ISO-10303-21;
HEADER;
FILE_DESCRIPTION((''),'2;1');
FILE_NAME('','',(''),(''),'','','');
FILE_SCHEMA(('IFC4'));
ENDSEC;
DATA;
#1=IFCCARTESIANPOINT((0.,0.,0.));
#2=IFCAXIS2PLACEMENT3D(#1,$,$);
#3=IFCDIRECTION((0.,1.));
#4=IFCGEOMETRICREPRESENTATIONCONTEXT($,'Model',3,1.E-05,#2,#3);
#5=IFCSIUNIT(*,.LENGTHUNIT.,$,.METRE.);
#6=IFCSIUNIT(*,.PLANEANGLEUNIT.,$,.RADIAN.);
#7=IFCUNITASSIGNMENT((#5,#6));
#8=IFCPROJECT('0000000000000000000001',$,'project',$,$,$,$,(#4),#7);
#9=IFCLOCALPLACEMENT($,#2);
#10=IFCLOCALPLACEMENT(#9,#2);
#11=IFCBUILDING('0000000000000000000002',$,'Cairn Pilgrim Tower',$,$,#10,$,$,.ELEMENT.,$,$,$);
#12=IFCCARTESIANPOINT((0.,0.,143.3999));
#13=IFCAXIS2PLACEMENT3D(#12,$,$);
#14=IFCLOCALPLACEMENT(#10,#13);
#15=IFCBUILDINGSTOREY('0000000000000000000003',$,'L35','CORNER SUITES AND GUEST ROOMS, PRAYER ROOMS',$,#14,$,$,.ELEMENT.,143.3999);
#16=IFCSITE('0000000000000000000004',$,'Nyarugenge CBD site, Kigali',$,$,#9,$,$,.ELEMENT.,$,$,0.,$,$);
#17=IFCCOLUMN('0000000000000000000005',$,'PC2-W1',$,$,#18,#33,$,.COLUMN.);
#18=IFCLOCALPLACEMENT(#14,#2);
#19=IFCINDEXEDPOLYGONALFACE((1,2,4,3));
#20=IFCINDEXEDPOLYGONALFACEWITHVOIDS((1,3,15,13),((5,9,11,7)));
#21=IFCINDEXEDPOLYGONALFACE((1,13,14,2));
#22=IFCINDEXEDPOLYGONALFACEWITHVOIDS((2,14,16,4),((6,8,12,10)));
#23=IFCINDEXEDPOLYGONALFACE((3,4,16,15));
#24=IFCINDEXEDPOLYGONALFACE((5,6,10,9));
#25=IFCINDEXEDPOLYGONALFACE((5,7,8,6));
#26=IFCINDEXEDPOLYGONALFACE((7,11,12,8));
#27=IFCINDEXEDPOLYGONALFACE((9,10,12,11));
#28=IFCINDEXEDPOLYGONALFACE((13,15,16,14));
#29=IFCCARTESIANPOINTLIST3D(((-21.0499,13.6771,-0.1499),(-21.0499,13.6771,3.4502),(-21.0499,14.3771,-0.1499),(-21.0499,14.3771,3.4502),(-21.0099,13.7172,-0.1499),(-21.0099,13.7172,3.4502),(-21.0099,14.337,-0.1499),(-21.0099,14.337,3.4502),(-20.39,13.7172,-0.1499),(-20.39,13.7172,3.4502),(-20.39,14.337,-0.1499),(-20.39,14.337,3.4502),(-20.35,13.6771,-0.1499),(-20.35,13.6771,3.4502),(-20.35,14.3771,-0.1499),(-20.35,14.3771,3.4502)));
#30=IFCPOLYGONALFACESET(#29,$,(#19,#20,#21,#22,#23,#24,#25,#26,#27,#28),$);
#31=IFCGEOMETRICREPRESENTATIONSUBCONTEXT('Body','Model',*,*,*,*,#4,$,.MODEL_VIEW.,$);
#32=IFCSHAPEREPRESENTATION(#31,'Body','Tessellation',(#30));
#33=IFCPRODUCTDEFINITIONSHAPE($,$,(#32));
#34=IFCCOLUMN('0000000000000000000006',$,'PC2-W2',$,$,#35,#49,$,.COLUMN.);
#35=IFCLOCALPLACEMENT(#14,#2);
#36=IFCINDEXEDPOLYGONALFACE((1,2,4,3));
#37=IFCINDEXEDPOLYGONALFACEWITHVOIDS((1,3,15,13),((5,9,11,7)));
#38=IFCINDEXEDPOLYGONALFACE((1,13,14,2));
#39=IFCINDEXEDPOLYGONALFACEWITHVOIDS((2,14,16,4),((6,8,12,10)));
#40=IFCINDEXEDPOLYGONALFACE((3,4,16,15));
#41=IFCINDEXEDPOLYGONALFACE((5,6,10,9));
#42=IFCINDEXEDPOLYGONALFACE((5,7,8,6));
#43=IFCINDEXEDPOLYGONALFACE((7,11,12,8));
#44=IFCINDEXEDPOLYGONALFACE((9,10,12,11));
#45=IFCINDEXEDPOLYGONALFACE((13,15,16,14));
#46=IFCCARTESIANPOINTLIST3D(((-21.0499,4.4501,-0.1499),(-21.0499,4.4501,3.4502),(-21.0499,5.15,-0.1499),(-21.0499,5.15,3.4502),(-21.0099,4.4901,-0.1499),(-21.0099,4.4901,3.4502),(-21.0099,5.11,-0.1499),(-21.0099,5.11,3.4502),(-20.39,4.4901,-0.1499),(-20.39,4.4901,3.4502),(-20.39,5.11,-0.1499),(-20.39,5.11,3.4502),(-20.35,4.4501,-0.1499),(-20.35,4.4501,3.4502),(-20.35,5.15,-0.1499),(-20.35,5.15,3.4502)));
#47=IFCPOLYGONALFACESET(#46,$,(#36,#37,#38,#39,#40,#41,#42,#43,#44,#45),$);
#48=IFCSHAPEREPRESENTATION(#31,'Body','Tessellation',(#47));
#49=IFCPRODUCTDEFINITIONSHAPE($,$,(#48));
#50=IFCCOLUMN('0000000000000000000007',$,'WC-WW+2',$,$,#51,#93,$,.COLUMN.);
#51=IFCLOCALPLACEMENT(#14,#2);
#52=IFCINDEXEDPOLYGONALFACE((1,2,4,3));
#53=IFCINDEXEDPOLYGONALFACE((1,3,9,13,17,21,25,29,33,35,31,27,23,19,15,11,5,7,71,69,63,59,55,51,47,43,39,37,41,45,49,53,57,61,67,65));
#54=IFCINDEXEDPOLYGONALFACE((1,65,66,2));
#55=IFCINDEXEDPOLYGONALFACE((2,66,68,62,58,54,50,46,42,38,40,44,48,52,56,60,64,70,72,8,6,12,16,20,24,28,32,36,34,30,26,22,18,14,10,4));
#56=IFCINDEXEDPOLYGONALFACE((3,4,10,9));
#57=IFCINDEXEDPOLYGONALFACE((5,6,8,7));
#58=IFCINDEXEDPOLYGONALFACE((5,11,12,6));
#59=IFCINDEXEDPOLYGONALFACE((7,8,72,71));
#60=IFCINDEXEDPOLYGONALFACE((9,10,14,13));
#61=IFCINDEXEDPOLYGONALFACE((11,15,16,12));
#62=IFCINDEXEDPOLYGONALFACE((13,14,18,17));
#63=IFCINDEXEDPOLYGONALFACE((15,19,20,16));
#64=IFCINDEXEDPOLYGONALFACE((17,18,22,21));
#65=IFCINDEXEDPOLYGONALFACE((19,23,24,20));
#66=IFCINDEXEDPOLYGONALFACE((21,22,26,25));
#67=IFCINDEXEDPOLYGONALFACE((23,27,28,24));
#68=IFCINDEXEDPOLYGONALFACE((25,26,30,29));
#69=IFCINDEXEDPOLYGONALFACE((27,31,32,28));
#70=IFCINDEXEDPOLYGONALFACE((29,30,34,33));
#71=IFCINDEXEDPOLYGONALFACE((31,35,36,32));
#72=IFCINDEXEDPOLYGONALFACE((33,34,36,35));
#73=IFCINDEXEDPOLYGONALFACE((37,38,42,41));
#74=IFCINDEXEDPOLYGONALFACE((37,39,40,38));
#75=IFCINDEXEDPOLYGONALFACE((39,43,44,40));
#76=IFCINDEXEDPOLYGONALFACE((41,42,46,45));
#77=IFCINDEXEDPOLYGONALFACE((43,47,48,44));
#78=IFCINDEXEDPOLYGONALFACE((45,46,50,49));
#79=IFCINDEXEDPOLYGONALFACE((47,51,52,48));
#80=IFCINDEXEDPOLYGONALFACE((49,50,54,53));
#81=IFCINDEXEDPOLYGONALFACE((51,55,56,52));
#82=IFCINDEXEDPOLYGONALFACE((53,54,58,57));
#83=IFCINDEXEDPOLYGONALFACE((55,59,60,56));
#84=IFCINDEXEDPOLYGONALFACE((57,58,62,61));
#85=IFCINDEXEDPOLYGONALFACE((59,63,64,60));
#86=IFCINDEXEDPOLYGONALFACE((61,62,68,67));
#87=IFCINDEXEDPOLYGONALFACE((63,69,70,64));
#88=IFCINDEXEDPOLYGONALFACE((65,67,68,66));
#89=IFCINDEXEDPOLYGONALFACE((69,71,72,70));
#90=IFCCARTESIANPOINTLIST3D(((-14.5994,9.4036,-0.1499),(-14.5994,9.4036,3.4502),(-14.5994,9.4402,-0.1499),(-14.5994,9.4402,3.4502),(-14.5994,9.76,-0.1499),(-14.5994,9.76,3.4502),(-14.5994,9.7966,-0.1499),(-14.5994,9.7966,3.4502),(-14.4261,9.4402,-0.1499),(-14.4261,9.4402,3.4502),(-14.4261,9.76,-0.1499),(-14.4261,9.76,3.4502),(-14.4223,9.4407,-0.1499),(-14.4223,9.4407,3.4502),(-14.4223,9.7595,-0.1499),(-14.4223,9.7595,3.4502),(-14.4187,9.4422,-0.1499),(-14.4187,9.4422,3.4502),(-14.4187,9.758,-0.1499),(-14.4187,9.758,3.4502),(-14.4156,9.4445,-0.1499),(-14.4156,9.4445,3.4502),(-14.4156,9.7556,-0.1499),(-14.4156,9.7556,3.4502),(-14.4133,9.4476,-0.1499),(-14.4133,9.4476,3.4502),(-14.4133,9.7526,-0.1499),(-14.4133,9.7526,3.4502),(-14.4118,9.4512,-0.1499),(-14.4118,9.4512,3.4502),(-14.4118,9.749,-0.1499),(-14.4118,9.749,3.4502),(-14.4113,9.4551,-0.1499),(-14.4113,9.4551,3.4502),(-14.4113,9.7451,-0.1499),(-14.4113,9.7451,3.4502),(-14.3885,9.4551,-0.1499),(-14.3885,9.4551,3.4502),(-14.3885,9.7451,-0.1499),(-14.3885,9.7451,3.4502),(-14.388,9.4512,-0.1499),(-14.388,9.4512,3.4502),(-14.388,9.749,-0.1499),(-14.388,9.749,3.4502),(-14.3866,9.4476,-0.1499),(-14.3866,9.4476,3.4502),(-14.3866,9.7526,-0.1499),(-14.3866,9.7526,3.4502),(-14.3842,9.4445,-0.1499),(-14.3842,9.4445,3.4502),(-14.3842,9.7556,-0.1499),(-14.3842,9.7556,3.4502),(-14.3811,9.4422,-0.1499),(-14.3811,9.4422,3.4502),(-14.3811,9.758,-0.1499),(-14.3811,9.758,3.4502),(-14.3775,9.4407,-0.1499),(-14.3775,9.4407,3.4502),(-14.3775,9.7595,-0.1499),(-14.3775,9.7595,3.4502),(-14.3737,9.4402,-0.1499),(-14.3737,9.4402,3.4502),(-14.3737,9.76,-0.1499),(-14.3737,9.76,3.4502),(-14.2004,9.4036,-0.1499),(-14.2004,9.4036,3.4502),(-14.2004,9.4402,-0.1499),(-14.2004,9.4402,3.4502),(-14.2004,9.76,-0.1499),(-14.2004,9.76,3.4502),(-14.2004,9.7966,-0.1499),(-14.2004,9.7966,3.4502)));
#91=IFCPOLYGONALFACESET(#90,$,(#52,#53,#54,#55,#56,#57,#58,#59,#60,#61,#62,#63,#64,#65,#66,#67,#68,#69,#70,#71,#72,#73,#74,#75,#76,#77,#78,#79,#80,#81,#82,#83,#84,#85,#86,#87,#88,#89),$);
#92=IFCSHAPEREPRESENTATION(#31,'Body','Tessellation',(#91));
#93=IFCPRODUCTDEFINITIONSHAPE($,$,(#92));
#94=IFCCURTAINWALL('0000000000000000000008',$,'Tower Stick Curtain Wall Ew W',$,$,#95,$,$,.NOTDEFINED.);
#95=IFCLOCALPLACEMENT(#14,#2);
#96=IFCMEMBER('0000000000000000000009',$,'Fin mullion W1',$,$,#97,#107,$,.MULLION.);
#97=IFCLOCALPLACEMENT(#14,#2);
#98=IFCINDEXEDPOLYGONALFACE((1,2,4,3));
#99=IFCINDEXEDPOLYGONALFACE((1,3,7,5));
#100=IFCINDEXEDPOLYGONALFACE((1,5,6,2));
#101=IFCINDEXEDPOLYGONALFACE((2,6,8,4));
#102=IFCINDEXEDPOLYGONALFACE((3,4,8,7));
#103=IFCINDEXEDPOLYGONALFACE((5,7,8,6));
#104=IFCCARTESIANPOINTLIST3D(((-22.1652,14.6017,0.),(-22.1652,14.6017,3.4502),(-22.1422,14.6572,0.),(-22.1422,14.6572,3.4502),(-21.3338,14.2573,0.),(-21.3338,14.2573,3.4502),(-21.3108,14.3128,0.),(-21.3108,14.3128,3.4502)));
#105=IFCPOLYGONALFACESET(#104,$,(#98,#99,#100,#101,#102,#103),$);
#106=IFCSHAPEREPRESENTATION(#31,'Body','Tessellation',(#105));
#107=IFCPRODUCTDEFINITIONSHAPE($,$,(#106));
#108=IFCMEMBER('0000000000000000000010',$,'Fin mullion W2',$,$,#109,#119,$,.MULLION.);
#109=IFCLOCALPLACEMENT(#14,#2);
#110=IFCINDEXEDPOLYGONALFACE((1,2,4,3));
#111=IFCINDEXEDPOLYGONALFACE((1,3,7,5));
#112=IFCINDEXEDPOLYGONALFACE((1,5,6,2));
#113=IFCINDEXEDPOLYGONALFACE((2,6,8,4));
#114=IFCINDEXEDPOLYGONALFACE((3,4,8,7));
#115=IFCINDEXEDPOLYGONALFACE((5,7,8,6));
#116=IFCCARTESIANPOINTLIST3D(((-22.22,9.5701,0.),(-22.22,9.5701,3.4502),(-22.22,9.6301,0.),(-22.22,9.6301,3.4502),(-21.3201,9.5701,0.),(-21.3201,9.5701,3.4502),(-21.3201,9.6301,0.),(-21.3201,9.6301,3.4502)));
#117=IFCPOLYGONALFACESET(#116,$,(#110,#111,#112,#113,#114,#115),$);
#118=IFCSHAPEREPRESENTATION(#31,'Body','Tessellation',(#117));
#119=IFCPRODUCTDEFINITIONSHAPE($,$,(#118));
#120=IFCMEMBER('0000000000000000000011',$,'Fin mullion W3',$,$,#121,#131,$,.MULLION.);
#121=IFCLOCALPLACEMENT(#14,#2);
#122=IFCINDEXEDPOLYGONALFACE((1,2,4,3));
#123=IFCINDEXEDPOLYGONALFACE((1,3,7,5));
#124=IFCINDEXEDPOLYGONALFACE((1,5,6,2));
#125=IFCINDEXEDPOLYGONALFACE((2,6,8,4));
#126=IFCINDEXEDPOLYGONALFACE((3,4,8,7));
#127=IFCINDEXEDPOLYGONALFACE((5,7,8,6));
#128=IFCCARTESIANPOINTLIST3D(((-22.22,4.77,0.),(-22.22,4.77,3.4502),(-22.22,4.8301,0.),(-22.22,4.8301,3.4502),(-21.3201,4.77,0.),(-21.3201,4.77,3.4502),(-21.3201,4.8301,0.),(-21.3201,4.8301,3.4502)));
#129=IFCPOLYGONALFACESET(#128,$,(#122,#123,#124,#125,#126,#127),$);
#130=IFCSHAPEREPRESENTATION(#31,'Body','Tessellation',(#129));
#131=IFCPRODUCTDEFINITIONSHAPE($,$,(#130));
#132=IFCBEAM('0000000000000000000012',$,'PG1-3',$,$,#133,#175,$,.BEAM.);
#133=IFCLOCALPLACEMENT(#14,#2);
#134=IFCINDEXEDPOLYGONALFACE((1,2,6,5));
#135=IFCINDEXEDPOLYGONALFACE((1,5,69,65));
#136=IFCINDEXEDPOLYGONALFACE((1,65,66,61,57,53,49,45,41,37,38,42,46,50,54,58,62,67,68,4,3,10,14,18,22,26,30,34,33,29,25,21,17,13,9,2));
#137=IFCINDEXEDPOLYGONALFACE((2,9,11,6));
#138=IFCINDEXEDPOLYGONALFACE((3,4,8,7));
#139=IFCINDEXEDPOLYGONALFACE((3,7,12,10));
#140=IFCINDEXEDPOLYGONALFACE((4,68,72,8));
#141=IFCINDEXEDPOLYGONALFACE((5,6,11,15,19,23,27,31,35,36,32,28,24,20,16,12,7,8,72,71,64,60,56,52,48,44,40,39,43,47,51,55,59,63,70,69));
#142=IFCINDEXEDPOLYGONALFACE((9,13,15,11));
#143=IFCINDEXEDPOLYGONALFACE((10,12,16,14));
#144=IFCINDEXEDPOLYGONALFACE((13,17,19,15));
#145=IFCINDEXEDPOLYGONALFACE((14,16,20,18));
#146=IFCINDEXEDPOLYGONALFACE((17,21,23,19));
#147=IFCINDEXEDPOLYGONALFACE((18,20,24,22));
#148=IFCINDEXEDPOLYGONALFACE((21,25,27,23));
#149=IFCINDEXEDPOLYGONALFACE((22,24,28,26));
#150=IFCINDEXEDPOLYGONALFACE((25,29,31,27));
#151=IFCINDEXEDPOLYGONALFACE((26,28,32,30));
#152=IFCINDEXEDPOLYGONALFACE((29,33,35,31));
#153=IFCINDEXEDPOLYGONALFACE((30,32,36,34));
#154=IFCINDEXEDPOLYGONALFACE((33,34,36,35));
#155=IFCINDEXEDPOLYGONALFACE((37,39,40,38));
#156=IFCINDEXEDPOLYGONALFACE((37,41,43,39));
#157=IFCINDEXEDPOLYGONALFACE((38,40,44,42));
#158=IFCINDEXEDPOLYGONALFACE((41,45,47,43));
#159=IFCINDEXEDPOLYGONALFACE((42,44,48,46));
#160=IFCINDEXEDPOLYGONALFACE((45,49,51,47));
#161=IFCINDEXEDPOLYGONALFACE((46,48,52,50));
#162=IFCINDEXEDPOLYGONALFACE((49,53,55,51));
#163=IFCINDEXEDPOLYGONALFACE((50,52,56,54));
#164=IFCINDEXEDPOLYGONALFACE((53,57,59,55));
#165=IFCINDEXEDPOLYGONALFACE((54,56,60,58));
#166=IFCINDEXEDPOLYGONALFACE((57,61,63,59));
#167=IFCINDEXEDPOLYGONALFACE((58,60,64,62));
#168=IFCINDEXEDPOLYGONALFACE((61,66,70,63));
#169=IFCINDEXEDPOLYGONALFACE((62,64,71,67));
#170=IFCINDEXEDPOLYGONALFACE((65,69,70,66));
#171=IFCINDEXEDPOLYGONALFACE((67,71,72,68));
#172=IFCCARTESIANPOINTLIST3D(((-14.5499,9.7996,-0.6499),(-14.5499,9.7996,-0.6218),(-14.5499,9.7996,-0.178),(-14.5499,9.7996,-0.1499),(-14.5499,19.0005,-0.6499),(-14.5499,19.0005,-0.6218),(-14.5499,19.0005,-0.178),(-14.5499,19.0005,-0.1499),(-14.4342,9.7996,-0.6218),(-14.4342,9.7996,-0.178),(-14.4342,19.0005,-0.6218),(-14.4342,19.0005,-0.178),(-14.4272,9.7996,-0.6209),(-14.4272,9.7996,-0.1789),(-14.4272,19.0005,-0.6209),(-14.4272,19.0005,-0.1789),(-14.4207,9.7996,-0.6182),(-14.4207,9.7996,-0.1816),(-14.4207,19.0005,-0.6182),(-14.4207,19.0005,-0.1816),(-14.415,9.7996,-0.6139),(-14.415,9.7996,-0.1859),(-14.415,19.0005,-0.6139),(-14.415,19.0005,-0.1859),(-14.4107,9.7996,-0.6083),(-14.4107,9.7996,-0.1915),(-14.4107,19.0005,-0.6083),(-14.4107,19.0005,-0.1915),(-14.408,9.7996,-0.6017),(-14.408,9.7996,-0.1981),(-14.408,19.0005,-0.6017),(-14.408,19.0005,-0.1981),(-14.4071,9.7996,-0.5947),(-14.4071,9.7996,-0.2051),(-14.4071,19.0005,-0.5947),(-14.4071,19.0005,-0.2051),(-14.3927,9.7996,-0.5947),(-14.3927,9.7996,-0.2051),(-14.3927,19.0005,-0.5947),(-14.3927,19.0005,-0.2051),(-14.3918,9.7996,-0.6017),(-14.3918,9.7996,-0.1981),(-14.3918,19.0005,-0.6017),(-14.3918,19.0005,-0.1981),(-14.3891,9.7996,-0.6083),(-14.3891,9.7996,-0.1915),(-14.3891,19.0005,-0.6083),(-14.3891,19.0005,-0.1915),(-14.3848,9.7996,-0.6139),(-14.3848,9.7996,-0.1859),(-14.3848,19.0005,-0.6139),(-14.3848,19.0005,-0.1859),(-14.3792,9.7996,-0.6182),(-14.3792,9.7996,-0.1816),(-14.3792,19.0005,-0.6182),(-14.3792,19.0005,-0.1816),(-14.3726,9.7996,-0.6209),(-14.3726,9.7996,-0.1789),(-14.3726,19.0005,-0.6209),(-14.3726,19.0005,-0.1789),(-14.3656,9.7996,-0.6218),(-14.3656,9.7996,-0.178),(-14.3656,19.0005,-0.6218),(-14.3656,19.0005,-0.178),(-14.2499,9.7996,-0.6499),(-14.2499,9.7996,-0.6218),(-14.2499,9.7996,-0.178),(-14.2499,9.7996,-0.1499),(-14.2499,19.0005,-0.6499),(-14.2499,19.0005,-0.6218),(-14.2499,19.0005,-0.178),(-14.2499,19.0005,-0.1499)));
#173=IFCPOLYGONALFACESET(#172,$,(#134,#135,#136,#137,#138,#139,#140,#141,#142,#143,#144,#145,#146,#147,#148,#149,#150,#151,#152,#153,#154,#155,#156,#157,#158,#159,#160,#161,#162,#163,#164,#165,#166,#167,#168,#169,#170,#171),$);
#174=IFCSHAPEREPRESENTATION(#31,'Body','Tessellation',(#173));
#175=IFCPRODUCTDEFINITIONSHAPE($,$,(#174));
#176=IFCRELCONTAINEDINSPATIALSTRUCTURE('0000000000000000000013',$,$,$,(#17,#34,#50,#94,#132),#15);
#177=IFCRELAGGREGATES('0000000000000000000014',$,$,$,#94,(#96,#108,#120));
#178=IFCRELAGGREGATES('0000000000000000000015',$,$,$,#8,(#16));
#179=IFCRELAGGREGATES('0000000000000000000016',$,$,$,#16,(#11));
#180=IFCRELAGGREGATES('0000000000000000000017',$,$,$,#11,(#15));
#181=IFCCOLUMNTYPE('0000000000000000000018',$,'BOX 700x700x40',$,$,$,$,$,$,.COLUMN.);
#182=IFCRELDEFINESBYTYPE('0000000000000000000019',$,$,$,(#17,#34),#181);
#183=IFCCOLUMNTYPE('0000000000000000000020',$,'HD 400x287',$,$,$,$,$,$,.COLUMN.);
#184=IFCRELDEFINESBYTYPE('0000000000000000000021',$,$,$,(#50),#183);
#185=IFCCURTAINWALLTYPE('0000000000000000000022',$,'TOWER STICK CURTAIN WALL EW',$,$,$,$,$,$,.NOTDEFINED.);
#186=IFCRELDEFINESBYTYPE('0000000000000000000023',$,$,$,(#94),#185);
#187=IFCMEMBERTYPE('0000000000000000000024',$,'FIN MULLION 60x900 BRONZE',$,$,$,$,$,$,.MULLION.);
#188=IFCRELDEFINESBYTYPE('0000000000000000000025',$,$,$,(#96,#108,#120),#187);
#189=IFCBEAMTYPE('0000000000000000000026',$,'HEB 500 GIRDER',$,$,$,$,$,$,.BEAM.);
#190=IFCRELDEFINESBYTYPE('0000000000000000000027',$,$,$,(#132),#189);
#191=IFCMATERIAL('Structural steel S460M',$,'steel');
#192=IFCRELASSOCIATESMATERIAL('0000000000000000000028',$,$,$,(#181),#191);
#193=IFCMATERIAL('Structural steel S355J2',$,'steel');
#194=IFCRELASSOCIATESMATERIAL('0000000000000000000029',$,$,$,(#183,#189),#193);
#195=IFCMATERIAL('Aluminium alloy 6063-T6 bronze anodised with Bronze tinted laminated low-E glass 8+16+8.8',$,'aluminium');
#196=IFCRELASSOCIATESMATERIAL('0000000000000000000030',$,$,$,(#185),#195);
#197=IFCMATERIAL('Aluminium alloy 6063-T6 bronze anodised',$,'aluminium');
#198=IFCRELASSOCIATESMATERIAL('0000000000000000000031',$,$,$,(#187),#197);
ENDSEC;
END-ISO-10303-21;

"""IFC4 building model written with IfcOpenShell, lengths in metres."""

from ifc_helpers import new_model, si_unit, direction, frame, origin, origin_2d, place, context, subcontext, project, spatial, rectangle, hollow_rectangle, i_section, extrude, material, material_profile, profile_set, type_object, element, aggregate, save


model = new_model("IFC4")

# Units and contexts
model_context = context("Model", 3, precision=1e-05, world=origin(), true_north=direction((0.0, 1.0)))
body_context = subcontext(model_context, "Body", "Model", "MODEL_VIEW")
ifc_project = project(units=[si_unit("LENGTHUNIT", "METRE"), si_unit("PLANEANGLEUNIT", "RADIAN")], contexts=[model_context])

# Site, building, storey
site_placement = place(None, origin())
site = spatial("IfcSite", under=ifc_project, at=site_placement, Name="Nyarugenge CBD site, Kigali", CompositionType="ELEMENT", RefElevation=0.0)
building_placement = place(site_placement, origin())
building = spatial("IfcBuilding", under=site, at=building_placement, Name="Cairn Pilgrim Tower", CompositionType="ELEMENT")
storey_placement = place(building_placement, frame((0.0, 0.0, 143.3999)))
storey = spatial("IfcBuildingStorey", under=building, at=storey_placement, Name="L35", Description="CORNER SUITES AND GUEST ROOMS, PRAYER ROOMS", CompositionType="ELEMENT", Elevation=143.3999)

# Columns
ifc_material_1 = material(Name="Structural steel S460M", Category="steel")
ifc_material_profile_1 = material_profile(ifc_material_1, hollow_rectangle(XDim=0.7, YDim=0.7, WallThickness=0.04, at=origin_2d()), Name="BOX 700x700x40")
ifc_profile_set_1 = profile_set([ifc_material_profile_1], Name="Structural steel S460M")
column_type_1 = type_object("IfcColumnType", Name="BOX 700x700x40", PredefinedType="COLUMN", material=ifc_profile_set_1)
for number, where, z_axis, x_axis, name in (
    (1, (-20.7, 14.0271, -0.1499), (0.0, 0.0, 1.0), (1.0, 0.0, 0.0), "PC2-W1"),
    (2, (-20.7, 4.8, -0.1499), (0.0, 0.0, 1.0), (1.0, 0.0, 0.0), "PC2-W2"),
):
    element("IfcColumn", number, at=place(storey_placement, frame(where, z_axis=z_axis, x_axis=x_axis)), inside=storey, type_object=column_type_1, Name=name, PredefinedType="COLUMN", context=body_context, shape_type="SweptSolid", body=[
        extrude(hollow_rectangle(XDim=0.7, YDim=0.7, WallThickness=0.04, at=origin_2d()), origin(), (0.0, 0.0, 1.0), 3.6001),
    ])
ifc_material_2 = material(Name="Structural steel S355J2", Category="steel")
ifc_material_profile_2 = material_profile(ifc_material_2, i_section(OverallWidth=0.3989, OverallDepth=0.3931, WebThickness=0.0227, FlangeThickness=0.0366, FilletRadius=0.0149, at=origin_2d()), Name="HD 400x287")
ifc_profile_set_2 = profile_set([ifc_material_profile_2], Name="Structural steel S355J2")
column_type_2 = type_object("IfcColumnType", Name="HD 400x287", PredefinedType="COLUMN", material=ifc_profile_set_2)
column_placement = place(storey_placement, frame((-14.3999, 9.6001, -0.1499), z_axis=(0.0, 0.0, 1.0), x_axis=(1.0, 0.0, 0.0)))
element("IfcColumn", 3, at=column_placement, inside=storey, type_object=column_type_2, Name="WC-WW+2", PredefinedType="COLUMN", context=body_context, shape_type="SweptSolid", body=[
    extrude(i_section(OverallWidth=0.3989, OverallDepth=0.3931, WebThickness=0.0227, FlangeThickness=0.0366, FilletRadius=0.0149, at=origin_2d()), origin(), (0.0, 0.0, 1.0), 3.6001),
])

# Curtain wall, members
ifc_material_3 = material(Name="Aluminium alloy 6063-T6 bronze anodised with Bronze tinted laminated low-E glass 8+16+8.8", Category="aluminium")
curtain_wall_type = type_object("IfcCurtainWallType", Name="TOWER STICK CURTAIN WALL EW", PredefinedType="NOTDEFINED", material=ifc_material_3)
curtain_wall_placement = place(storey_placement, origin())
curtain_wall = element("IfcCurtainWall", 4, at=curtain_wall_placement, inside=storey, type_object=curtain_wall_type, Name="Tower Stick Curtain Wall Ew W", PredefinedType="NOTDEFINED")
ifc_material_4 = material(Name="Aluminium alloy 6063-T6 bronze anodised", Category="aluminium")
ifc_material_profile_3 = material_profile(ifc_material_4, rectangle(XDim=0.8999, YDim=0.0601, at=origin_2d()), Name="FIN MULLION 60x900 BRONZE")
ifc_profile_set_3 = profile_set([ifc_material_profile_3], Name="Aluminium alloy 6063-T6 bronze anodised")
member_type_1 = type_object("IfcMemberType", Name="FIN MULLION 60x900 BRONZE", PredefinedType="MULLION", material=ifc_profile_set_3)
member_1_placement = place(storey_placement, frame((-21.738, 14.4573, 0.0), z_axis=(0.0, 0.0, 1.0), x_axis=(-0.92388, 0.382683, 0.0)))
member_1 = element("IfcMember", 5, at=member_1_placement, type_object=member_type_1, Name="Fin mullion W1", PredefinedType="MULLION", context=body_context, shape_type="SweptSolid", body=[
    extrude(rectangle(XDim=0.8999, YDim=0.0601, at=origin_2d()), origin(), (0.0, 0.0, 1.0), 3.4502),
])
member_2_placement = place(storey_placement, frame((-21.77, 9.6001, 0.0), z_axis=(0.0, 0.0, 1.0), x_axis=(-1.0, 0.0, 0.0)))
member_2 = element("IfcMember", 6, at=member_2_placement, type_object=member_type_1, Name="Fin mullion W2", PredefinedType="MULLION", context=body_context, shape_type="SweptSolid", body=[
    extrude(rectangle(XDim=0.8999, YDim=0.0601, at=origin_2d()), origin(), (0.0, 0.0, 1.0), 3.4502),
])
member_3_placement = place(storey_placement, frame((-21.77, 4.8, 0.0), z_axis=(0.0, 0.0, 1.0), x_axis=(-1.0, 0.0, 0.0)))
member_3 = element("IfcMember", 7, at=member_3_placement, type_object=member_type_1, Name="Fin mullion W3", PredefinedType="MULLION", context=body_context, shape_type="SweptSolid", body=[
    extrude(rectangle(XDim=0.8999, YDim=0.0601, at=origin_2d()), origin(), (0.0, 0.0, 1.0), 3.4502),
])

# Beam
ifc_material_profile_4 = material_profile(ifc_material_2, i_section(OverallWidth=0.3, OverallDepth=0.5, WebThickness=0.0144, FlangeThickness=0.0281, FilletRadius=0.0271, at=origin_2d()), Name="HEB 500")
ifc_profile_set_4 = profile_set([ifc_material_profile_4], Name="Structural steel S355J2")
beam_type_1 = type_object("IfcBeamType", Name="HEB 500 GIRDER", PredefinedType="BEAM", material=ifc_profile_set_4)
beam_1_placement = place(storey_placement, frame((-14.3999, 9.7996, -0.3999), z_axis=(0.0, 1.0, 0.0), x_axis=(-1.0, 0.0, 0.0)))
element("IfcBeam", 8, at=beam_1_placement, inside=storey, type_object=beam_type_1, Name="PG1-3", PredefinedType="BEAM", context=body_context, shape_type="SweptSolid", body=[
    extrude(i_section(OverallWidth=0.3, OverallDepth=0.5, WebThickness=0.0144, FlangeThickness=0.0281, FilletRadius=0.0271, at=origin_2d()), origin(), (0.0, 0.0, 1.0), 9.2009),
])

aggregate(curtain_wall, [member_1, member_2, member_3])

save(model, "model.ifc")
